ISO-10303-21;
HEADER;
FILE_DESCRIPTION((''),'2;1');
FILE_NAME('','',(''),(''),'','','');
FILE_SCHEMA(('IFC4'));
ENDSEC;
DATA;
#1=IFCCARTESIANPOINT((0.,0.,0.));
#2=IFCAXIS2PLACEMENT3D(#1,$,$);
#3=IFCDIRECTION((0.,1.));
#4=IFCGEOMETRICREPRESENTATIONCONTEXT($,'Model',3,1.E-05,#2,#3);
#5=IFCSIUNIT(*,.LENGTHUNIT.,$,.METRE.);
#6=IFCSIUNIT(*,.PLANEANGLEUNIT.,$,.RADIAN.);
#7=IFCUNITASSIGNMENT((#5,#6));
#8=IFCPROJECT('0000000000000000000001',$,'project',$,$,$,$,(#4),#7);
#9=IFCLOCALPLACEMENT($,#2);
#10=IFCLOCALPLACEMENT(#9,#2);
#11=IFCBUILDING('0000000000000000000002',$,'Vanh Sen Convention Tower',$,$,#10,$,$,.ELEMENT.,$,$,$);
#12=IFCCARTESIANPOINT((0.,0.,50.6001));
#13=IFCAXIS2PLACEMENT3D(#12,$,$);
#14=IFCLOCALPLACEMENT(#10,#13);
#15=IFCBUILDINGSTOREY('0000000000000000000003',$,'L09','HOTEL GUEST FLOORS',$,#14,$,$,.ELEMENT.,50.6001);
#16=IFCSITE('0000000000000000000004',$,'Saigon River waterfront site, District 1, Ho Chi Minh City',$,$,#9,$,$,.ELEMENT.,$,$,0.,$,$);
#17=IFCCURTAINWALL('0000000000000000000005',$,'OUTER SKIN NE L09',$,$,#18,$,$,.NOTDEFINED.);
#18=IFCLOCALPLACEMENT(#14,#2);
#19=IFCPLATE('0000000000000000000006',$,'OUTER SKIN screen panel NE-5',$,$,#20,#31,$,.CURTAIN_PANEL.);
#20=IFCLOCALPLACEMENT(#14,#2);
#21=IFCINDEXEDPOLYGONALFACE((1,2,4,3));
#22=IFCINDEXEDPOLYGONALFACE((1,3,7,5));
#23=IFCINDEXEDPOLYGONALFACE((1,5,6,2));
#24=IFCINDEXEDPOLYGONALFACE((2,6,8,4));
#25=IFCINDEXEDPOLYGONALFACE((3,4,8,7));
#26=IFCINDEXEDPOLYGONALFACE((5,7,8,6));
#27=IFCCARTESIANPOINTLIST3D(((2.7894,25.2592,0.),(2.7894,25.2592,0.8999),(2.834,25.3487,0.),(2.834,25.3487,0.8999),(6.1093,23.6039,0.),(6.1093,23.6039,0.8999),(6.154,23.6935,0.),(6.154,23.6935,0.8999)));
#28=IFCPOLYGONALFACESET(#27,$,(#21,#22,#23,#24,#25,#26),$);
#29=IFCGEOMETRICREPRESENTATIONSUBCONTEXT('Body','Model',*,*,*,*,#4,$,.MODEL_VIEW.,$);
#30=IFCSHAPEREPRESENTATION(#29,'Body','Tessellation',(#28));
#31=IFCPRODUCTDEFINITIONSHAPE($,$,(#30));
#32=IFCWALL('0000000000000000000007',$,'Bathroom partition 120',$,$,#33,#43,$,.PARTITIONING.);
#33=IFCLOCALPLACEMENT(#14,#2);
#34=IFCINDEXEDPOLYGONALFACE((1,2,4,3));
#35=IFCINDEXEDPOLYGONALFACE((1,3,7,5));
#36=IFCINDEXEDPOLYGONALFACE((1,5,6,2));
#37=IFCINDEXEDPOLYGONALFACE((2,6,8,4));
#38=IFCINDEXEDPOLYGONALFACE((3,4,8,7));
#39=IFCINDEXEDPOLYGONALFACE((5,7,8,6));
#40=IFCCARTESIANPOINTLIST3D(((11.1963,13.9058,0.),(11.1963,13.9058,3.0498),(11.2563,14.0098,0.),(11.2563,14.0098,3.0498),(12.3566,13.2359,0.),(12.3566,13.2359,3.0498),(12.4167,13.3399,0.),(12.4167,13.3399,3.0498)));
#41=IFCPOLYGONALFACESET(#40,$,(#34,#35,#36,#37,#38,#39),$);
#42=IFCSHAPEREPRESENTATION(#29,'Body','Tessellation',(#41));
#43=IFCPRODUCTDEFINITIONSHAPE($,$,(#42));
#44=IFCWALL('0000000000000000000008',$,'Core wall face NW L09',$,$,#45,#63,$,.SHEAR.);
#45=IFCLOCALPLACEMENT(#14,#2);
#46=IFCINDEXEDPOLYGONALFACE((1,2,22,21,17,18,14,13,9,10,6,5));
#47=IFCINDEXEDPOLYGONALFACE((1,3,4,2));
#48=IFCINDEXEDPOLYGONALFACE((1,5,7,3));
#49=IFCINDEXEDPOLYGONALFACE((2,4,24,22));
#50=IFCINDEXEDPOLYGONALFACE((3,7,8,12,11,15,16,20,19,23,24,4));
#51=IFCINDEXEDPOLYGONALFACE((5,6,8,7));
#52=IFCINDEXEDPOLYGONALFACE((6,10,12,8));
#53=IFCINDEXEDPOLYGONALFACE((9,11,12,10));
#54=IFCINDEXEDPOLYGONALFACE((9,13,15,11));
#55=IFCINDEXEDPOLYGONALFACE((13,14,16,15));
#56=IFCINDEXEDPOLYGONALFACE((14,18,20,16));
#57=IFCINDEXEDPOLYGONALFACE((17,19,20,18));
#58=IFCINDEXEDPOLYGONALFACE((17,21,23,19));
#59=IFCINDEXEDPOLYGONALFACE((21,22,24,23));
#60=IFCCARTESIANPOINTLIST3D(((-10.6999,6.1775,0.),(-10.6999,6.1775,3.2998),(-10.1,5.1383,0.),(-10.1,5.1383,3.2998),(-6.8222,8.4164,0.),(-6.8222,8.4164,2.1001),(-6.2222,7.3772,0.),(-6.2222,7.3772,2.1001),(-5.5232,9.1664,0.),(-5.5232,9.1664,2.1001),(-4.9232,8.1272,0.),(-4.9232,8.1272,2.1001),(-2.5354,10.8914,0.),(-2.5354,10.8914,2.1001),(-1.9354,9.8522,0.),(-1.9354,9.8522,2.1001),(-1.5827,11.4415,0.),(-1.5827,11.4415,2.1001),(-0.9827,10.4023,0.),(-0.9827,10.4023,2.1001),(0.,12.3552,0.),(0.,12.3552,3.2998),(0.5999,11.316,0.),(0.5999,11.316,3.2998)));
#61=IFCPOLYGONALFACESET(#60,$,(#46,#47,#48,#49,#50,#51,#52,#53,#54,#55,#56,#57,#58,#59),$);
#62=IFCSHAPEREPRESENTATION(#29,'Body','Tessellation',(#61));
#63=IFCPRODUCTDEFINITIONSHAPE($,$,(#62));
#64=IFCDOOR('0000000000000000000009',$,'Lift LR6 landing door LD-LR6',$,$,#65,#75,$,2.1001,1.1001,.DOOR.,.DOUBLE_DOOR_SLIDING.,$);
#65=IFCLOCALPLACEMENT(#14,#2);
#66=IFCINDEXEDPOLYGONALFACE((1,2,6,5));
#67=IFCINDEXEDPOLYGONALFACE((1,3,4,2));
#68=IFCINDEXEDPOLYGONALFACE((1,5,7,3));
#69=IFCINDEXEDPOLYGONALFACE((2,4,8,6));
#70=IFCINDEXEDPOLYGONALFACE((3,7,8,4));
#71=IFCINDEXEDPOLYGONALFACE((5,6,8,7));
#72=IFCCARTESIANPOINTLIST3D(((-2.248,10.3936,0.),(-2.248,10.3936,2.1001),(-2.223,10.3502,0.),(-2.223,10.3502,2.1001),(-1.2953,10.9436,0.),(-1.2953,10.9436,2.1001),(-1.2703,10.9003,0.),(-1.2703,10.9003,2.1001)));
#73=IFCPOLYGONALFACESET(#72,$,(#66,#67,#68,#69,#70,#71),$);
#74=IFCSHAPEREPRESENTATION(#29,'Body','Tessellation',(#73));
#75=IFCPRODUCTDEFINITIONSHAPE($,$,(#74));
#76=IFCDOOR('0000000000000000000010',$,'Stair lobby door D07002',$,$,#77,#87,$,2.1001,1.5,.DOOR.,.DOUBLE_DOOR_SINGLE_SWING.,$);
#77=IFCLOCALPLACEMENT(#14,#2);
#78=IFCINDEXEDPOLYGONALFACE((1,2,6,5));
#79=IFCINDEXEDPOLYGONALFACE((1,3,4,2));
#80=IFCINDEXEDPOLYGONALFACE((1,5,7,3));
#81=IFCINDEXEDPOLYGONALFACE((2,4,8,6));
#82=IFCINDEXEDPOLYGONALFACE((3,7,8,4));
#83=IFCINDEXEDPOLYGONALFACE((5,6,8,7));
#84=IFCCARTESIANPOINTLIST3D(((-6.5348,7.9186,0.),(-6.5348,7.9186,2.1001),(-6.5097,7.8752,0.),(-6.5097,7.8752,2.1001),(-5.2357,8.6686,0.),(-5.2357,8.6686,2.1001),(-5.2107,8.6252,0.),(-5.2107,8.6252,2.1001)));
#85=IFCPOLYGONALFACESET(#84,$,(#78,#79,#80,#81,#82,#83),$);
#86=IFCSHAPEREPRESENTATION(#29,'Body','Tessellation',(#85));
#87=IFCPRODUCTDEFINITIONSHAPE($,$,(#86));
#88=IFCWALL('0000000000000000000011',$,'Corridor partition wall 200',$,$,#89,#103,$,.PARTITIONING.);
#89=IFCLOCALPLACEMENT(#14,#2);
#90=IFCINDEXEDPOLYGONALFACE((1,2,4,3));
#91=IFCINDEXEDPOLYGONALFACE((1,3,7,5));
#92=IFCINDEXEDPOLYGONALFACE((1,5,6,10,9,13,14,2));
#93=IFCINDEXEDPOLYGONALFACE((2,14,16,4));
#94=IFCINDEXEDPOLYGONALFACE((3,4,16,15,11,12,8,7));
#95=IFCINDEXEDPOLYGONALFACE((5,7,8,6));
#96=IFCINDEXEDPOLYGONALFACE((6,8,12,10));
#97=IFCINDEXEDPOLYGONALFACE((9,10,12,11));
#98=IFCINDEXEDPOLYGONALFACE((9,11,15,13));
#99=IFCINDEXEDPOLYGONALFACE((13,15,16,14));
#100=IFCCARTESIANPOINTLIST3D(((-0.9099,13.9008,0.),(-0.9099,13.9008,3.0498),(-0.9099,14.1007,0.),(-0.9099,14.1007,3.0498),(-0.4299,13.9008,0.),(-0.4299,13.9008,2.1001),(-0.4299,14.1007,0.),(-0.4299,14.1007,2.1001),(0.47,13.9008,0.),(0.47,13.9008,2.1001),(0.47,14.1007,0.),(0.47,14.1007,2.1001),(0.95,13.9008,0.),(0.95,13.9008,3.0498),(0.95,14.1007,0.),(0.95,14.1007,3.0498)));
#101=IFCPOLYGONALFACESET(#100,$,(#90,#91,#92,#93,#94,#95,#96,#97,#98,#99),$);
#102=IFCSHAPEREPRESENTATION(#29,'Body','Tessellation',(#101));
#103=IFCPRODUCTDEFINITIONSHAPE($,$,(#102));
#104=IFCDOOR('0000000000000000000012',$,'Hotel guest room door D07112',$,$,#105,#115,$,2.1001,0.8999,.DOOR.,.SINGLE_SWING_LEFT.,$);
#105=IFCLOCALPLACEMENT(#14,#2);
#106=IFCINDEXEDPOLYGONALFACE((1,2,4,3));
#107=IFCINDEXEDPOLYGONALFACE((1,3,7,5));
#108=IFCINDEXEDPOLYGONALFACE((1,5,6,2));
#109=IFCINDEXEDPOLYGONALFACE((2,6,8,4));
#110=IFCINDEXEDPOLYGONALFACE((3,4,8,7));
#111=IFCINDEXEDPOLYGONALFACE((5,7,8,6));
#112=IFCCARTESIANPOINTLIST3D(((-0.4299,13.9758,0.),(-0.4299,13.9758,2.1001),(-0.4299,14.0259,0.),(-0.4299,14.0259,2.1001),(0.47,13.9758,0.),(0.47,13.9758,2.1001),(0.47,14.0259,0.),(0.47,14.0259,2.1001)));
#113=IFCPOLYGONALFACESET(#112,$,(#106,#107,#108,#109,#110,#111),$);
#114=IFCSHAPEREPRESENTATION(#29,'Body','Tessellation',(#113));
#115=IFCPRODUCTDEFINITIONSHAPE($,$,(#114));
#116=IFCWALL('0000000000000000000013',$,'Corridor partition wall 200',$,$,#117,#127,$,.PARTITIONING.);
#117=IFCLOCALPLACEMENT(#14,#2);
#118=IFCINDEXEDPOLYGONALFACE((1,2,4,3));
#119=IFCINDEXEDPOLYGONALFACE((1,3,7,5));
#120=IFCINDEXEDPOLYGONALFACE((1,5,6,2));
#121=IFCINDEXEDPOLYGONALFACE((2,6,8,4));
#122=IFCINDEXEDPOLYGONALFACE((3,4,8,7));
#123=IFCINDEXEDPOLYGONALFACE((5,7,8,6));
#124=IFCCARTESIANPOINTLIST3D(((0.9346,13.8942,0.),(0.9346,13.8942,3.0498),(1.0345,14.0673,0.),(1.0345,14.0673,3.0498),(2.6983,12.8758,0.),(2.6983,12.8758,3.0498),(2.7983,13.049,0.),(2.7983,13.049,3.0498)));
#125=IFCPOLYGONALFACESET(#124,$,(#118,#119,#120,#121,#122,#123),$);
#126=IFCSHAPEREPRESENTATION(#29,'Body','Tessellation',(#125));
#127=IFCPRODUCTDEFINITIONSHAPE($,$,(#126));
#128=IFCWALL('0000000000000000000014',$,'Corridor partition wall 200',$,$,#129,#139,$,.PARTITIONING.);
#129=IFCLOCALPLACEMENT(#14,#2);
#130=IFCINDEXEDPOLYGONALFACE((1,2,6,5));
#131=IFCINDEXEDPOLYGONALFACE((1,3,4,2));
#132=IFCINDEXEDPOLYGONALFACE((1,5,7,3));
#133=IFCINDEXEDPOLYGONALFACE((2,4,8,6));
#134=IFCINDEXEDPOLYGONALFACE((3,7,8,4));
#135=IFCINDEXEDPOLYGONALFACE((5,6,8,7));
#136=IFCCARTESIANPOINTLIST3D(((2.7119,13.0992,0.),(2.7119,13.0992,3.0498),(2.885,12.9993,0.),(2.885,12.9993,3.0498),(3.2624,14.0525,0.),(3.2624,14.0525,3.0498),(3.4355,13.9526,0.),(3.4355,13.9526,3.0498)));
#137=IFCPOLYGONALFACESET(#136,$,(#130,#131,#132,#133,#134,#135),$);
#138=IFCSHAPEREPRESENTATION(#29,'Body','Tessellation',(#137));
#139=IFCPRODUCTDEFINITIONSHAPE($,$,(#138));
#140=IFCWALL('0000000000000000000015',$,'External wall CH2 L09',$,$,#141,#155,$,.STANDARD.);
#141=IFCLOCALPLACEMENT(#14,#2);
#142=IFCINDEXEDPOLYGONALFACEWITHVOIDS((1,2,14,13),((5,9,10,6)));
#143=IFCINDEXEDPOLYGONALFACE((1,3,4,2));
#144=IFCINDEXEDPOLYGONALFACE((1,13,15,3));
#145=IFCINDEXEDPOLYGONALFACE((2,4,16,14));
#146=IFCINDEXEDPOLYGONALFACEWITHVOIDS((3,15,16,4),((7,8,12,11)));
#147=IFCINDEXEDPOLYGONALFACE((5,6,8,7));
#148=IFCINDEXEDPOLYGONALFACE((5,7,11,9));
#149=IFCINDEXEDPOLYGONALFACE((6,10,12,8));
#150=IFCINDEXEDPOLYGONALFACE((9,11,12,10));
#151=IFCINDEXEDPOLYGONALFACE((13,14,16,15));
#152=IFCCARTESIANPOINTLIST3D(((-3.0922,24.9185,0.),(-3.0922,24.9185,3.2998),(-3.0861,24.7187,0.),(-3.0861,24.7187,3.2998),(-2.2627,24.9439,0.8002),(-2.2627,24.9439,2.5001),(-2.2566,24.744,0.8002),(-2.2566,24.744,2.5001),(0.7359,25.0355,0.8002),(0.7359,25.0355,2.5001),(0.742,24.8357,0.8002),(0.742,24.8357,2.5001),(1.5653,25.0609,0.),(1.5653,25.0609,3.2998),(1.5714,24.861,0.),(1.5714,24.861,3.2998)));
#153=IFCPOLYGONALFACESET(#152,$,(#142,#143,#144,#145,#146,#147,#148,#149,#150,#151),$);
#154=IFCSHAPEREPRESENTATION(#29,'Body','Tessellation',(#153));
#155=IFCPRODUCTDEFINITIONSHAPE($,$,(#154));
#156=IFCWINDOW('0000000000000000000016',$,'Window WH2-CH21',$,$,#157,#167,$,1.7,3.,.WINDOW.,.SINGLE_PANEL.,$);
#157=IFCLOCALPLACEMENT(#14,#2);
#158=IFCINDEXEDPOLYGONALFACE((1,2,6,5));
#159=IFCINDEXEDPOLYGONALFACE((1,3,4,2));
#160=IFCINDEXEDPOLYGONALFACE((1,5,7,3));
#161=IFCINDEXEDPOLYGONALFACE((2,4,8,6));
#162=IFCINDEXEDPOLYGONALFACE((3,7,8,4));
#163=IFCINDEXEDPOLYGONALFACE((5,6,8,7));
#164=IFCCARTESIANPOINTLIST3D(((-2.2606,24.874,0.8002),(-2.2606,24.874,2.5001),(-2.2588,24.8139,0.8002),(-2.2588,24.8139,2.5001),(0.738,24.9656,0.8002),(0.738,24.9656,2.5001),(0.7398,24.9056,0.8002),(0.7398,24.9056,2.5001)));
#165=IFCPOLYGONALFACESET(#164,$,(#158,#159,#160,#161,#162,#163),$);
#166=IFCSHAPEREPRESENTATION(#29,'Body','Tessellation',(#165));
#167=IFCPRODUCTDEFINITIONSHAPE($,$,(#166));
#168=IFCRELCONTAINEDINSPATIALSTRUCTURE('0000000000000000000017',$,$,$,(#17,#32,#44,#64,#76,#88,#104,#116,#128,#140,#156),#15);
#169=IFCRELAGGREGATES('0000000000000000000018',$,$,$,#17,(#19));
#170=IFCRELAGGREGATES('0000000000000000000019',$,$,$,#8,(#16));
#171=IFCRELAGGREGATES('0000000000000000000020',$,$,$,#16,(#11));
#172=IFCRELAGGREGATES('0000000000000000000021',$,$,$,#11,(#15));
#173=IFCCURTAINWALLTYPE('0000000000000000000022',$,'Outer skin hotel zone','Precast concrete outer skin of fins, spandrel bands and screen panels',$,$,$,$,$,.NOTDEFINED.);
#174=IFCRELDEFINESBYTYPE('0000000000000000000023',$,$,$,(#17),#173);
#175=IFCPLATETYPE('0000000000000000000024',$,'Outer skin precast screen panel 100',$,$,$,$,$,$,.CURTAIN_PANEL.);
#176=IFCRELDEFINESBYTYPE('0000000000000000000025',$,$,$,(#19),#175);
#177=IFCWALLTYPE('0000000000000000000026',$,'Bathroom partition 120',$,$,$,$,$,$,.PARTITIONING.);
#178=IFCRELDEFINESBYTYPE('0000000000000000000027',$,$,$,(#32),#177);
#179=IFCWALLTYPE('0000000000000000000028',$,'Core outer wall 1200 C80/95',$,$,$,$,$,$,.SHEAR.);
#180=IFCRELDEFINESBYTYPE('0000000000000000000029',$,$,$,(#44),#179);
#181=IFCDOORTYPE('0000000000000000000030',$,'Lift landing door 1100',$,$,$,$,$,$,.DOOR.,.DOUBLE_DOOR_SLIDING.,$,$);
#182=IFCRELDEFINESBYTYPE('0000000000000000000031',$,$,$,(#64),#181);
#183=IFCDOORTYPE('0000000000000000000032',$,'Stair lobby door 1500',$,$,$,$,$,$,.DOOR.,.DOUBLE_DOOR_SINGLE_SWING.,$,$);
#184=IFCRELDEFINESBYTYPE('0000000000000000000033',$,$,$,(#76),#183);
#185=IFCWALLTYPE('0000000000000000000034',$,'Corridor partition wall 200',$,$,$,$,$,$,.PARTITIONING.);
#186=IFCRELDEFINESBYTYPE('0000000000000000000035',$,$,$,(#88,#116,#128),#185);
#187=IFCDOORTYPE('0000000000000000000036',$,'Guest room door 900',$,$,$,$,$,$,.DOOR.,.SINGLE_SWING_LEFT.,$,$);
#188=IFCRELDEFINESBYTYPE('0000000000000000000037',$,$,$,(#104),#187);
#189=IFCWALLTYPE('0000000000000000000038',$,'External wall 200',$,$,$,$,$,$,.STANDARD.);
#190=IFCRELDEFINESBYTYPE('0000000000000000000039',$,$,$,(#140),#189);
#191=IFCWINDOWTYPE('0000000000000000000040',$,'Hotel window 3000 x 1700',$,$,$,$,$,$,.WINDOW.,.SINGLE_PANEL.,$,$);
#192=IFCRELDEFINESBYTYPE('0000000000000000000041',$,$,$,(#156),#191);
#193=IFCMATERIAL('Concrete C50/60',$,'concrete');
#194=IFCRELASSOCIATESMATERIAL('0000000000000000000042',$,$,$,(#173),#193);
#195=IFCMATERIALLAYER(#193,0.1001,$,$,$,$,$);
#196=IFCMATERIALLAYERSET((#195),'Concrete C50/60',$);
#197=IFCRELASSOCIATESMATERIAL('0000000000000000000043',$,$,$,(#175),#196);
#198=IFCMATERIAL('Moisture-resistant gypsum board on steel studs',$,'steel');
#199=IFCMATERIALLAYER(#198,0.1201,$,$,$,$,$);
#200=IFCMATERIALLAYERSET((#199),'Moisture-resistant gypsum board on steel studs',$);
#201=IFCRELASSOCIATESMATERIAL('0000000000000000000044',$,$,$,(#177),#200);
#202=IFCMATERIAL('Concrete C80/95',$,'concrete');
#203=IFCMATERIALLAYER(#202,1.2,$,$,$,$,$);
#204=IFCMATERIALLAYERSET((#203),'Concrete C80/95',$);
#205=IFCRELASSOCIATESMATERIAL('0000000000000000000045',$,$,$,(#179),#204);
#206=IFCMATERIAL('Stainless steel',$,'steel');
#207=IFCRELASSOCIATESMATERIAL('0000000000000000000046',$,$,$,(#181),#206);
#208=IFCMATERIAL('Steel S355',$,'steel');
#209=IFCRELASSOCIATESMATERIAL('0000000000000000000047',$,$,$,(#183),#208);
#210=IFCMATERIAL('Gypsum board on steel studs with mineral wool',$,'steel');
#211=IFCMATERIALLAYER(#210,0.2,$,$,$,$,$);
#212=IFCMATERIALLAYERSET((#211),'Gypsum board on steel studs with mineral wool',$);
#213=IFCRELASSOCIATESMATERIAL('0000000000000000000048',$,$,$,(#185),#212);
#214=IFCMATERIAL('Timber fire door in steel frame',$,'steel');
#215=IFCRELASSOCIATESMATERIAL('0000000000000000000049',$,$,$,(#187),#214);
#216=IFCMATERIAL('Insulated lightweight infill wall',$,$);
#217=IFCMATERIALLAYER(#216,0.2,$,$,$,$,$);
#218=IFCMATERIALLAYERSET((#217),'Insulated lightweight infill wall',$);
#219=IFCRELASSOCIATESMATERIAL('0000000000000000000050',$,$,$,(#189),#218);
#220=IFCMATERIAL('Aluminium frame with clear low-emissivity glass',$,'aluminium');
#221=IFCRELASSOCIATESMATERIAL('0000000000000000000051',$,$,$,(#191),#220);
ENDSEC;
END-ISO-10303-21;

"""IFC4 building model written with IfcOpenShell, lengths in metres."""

from ifc_helpers import new_model, si_unit, direction, frame, frame_2d, origin, origin_2d, place, context, subcontext, project, spatial, rectangle, extrude, material, layer, layer_set, type_object, element, fill, aggregate, save


model = new_model("IFC4")

# Units and contexts
model_context = context("Model", 3, precision=1e-05, world=origin(), true_north=direction((0.0, 1.0)))
body_context = subcontext(model_context, "Body", "Model", "MODEL_VIEW")
ifc_project = project(units=[si_unit("LENGTHUNIT", "METRE"), si_unit("PLANEANGLEUNIT", "RADIAN")], contexts=[model_context])

# Site, building, storey
site_placement = place(None, origin())
site = spatial("IfcSite", under=ifc_project, at=site_placement, Name="Saigon River waterfront site, District 1, Ho Chi Minh City", CompositionType="ELEMENT", RefElevation=0.0)
building_placement = place(site_placement, origin())
building = spatial("IfcBuilding", under=site, at=building_placement, Name="Vanh Sen Convention Tower", CompositionType="ELEMENT")
storey_placement = place(building_placement, frame((0.0, 0.0, 50.6001)))
storey = spatial("IfcBuildingStorey", under=building, at=storey_placement, Name="L09", Description="HOTEL GUEST FLOORS", CompositionType="ELEMENT", Elevation=50.6001)

# Shared definitions
ifc_material_1 = material(Name="Concrete C80/95", Category="concrete")

# Curtain wall
ifc_material_2 = material(Name="Concrete C50/60", Category="concrete")
curtain_wall_type = type_object("IfcCurtainWallType", Name="Outer skin hotel zone", Description="Precast concrete outer skin of fins, spandrel bands and screen panels", PredefinedType="NOTDEFINED", material=ifc_material_2)
curtain_wall_1_placement = place(storey_placement, origin())
curtain_wall_1 = element("IfcCurtainWall", 1, at=curtain_wall_1_placement, inside=storey, type_object=curtain_wall_type, Name="OUTER SKIN NE L09", PredefinedType="NOTDEFINED")

# Plate
ifc_layer_1 = layer(ifc_material_2, 0.1001)
ifc_layer_set_1 = layer_set([ifc_layer_1], Name="Concrete C50/60")
plate_type = type_object("IfcPlateType", Name="Outer skin precast screen panel 100", PredefinedType="CURTAIN_PANEL", material=ifc_layer_set_1)
plate_1_placement = place(storey_placement, frame((4.4717, 24.4763, 0.0), z_axis=(0.0, 0.0, 1.0), x_axis=(-0.894935, 0.446196, 0.0)))
plate_1 = element("IfcPlate", 2, at=plate_1_placement, type_object=plate_type, Name="OUTER SKIN screen panel NE-5", PredefinedType="CURTAIN_PANEL", context=body_context, shape_type="SweptSolid", body=[
    extrude(rectangle(XDim=3.7097, YDim=0.1001, at=origin_2d()), origin(), (0.0, 0.0, 1.0), 0.8999),
])
aggregate(curtain_wall_1, [plate_1])

# Wall
ifc_material_3 = material(Name="Moisture-resistant gypsum board on steel studs", Category="steel")
ifc_layer_2 = layer(ifc_material_3, 0.1201)
ifc_layer_set_2 = layer_set([ifc_layer_2], Name="Moisture-resistant gypsum board on steel studs")
wall_type_1 = type_object("IfcWallType", Name="Bathroom partition 120", PredefinedType="PARTITIONING", material=ifc_layer_set_2)
wall_1_placement = place(storey_placement, frame((11.2263, 13.9578, 0.0), z_axis=(0.0, 0.0, 1.0), x_axis=(0.866037, -0.49998, 0.0)))
element("IfcWall", 3, at=wall_1_placement, inside=storey, type_object=wall_type_1, Name="Bathroom partition 120", PredefinedType="PARTITIONING", context=body_context, shape_type="SweptSolid", body=[
    extrude(rectangle(XDim=1.3398, YDim=0.1201, at=frame_2d((0.6699, 0.0))), origin(), (0.0, 0.0, 1.0), 3.0498),
])

# Wall, openings, doors
ifc_layer_3 = layer(ifc_material_1, 1.2)
ifc_layer_set_3 = layer_set([ifc_layer_3], Name="Concrete C80/95")
wall_type_2 = type_object("IfcWallType", Name="Core outer wall 1200 C80/95", PredefinedType="SHEAR", material=ifc_layer_set_3)
wall_2_placement = place(storey_placement, frame((0.3, 11.8357, 0.0), z_axis=(0.0, 0.0, 1.0), x_axis=(-0.866021, -0.500007, 0.0)))
wall_2 = element("IfcWall", 4, at=wall_2_placement, inside=storey, type_object=wall_type_2, Name="Core wall face NW L09", PredefinedType="SHEAR", context=body_context, shape_type="SweptSolid", body=[
    extrude(rectangle(XDim=12.3552, YDim=1.2, at=frame_2d((6.1777, 0.0))), origin(), (0.0, 0.0, 1.0), 3.2998),
])
opening_1_placement = place(wall_2_placement, frame((6.3777, 0.0, 0.0)))
opening_1 = element("IfcOpeningElement", 5, at=opening_1_placement, cuts=wall_2, PredefinedType="OPENING", context=body_context, shape_type="SweptSolid", body=[
    extrude(rectangle(XDim=1.5, YDim=2.1001, at=frame_2d((0.75, 1.05))), frame((0.0, 0.6099, 0.0), z_axis=(0.0, -1.0, 0.0), x_axis=(1.0, 0.0, 0.0)), (0.0, 0.0, 1.0), 1.22),
])
opening_2_placement = place(wall_2_placement, frame((1.8276, 0.0, 0.0)))
opening_2 = element("IfcOpeningElement", 6, at=opening_2_placement, cuts=wall_2, PredefinedType="OPENING", context=body_context, shape_type="SweptSolid", body=[
    extrude(rectangle(XDim=1.1001, YDim=2.1001, at=frame_2d((0.55, 1.05))), frame((0.0, 0.6099, 0.0), z_axis=(0.0, -1.0, 0.0), x_axis=(1.0, 0.0, 0.0)), (0.0, 0.0, 1.0), 1.22),
])
ifc_material_4 = material(Name="Stainless steel", Category="steel")
door_type_1 = type_object("IfcDoorType", Name="Lift landing door 1100", OperationType="DOUBLE_DOOR_SLIDING", PredefinedType="DOOR", material=ifc_material_4)
door_1_placement = place(opening_2_placement, origin())
door_1 = element("IfcDoor", 7, at=door_1_placement, inside=storey, type_object=door_type_1, Name="Lift LR6 landing door LD-LR6", OperationType="DOUBLE_DOOR_SLIDING", OverallHeight=2.1001, OverallWidth=1.1001, PredefinedType="DOOR", context=body_context, shape_type="SweptSolid", body=[
    extrude(rectangle(XDim=1.1001, YDim=2.1001, at=frame_2d((0.55, 1.05))), frame((0.0, 0.0249, 0.0), z_axis=(0.0, -1.0, 0.0), x_axis=(1.0, 0.0, 0.0)), (0.0, 0.0, 1.0), 0.05),
])
fill(opening_2, door_1)
ifc_material_5 = material(Name="Steel S355", Category="steel")
door_type_2 = type_object("IfcDoorType", Name="Stair lobby door 1500", OperationType="DOUBLE_DOOR_SINGLE_SWING", PredefinedType="DOOR", material=ifc_material_5)
door_2_placement = place(opening_1_placement, origin())
door_2 = element("IfcDoor", 8, at=door_2_placement, inside=storey, type_object=door_type_2, Name="Stair lobby door D07002", OperationType="DOUBLE_DOOR_SINGLE_SWING", OverallHeight=2.1001, OverallWidth=1.5, PredefinedType="DOOR", context=body_context, shape_type="SweptSolid", body=[
    extrude(rectangle(XDim=1.5, YDim=2.1001, at=frame_2d((0.75, 1.05))), frame((0.0, 0.0249, 0.0), z_axis=(0.0, -1.0, 0.0), x_axis=(1.0, 0.0, 0.0)), (0.0, 0.0, 1.0), 0.05),
])
fill(opening_1, door_2)

# Wall, opening, door
ifc_material_6 = material(Name="Gypsum board on steel studs with mineral wool", Category="steel")
ifc_layer_4 = layer(ifc_material_6, 0.2)
ifc_layer_set_4 = layer_set([ifc_layer_4], Name="Gypsum board on steel studs with mineral wool")
wall_type_3 = type_object("IfcWallType", Name="Corridor partition wall 200", PredefinedType="PARTITIONING", material=ifc_layer_set_4)
wall_3_placement = place(storey_placement, frame((0.95, 14.0007, 0.0), z_axis=(0.0, 0.0, 1.0), x_axis=(-1.0, 0.0, 0.0)))
wall_3 = element("IfcWall", 9, at=wall_3_placement, inside=storey, type_object=wall_type_3, Name="Corridor partition wall 200", PredefinedType="PARTITIONING", context=body_context, shape_type="SweptSolid", body=[
    extrude(rectangle(XDim=1.8599, YDim=0.2, at=frame_2d((0.9299, 0.0))), origin(), (0.0, 0.0, 1.0), 3.0498),
])
opening_3_placement = place(wall_3_placement, frame((0.48, 0.0, 0.0)))
opening_3 = element("IfcOpeningElement", 10, at=opening_3_placement, cuts=wall_3, PredefinedType="OPENING", context=body_context, shape_type="SweptSolid", body=[
    extrude(rectangle(XDim=0.8999, YDim=2.1001, at=frame_2d((0.45, 1.05))), frame((0.0, 0.1099, 0.0), z_axis=(0.0, -1.0, 0.0), x_axis=(1.0, 0.0, 0.0)), (0.0, 0.0, 1.0), 0.22),
])
ifc_material_7 = material(Name="Timber fire door in steel frame", Category="steel")
door_type_3 = type_object("IfcDoorType", Name="Guest room door 900", OperationType="SINGLE_SWING_LEFT", PredefinedType="DOOR", material=ifc_material_7)
door_3_placement = place(opening_3_placement, origin())
door_3 = element("IfcDoor", 11, at=door_3_placement, inside=storey, type_object=door_type_3, Name="Hotel guest room door D07112", OperationType="SINGLE_SWING_LEFT", OverallHeight=2.1001, OverallWidth=0.8999, PredefinedType="DOOR", context=body_context, shape_type="SweptSolid", body=[
    extrude(rectangle(XDim=0.8999, YDim=2.1001, at=frame_2d((0.45, 1.05))), frame((0.0, 0.0249, 0.0), z_axis=(0.0, -1.0, 0.0), x_axis=(1.0, 0.0, 0.0)), (0.0, 0.0, 1.0), 0.05),
])
fill(opening_3, door_3)

# Walls
wall_4_placement = place(storey_placement, frame((2.7483, 12.9624, 0.0), z_axis=(0.0, 0.0, 1.0), x_axis=(-0.866014, 0.50002, 0.0)))
element("IfcWall", 12, at=wall_4_placement, inside=storey, type_object=wall_type_3, Name="Corridor partition wall 200", PredefinedType="PARTITIONING", context=body_context, shape_type="SweptSolid", body=[
    extrude(rectangle(XDim=2.0366, YDim=0.2, at=frame_2d((1.0183, 0.0))), origin(), (0.0, 0.0, 1.0), 3.0498),
])
wall_5_placement = place(storey_placement, frame((3.3489, 14.0024, 0.0), z_axis=(0.0, 0.0, 1.0), x_axis=(-0.500074, -0.865982, 0.0)))
element("IfcWall", 13, at=wall_5_placement, inside=storey, type_object=wall_type_3, Name="Corridor partition wall 200", PredefinedType="PARTITIONING", context=body_context, shape_type="SweptSolid", body=[
    extrude(rectangle(XDim=1.1008, YDim=0.2, at=frame_2d((0.5503, 0.0))), origin(), (0.0, 0.0, 1.0), 3.0498),
])

# Wall, opening, window
ifc_material_8 = material(Name="Insulated lightweight infill wall")
ifc_layer_5 = layer(ifc_material_8, 0.2)
ifc_layer_set_5 = layer_set([ifc_layer_5], Name="Insulated lightweight infill wall")
wall_type_4 = type_object("IfcWallType", Name="External wall 200", PredefinedType="STANDARD", material=ifc_layer_set_5)
wall_6_placement = place(storey_placement, frame((1.5684, 24.9609, 0.0), z_axis=(0.0, 0.0, 1.0), x_axis=(-0.999533, -0.030546, 0.0)))
wall_6 = element("IfcWall", 14, at=wall_6_placement, inside=storey, type_object=wall_type_4, Name="External wall CH2 L09", PredefinedType="STANDARD", context=body_context, shape_type="SweptSolid", body=[
    extrude(rectangle(XDim=4.6597, YDim=0.2, at=frame_2d((2.3298, 0.0))), origin(), (0.0, 0.0, 1.0), 3.2998),
])
opening_4_placement = place(wall_6_placement, frame((0.8298, 0.0, 0.8)))
opening_4 = element("IfcOpeningElement", 15, at=opening_4_placement, cuts=wall_6, PredefinedType="OPENING", context=body_context, shape_type="SweptSolid", body=[
    extrude(rectangle(XDim=3.0, YDim=1.7, at=frame_2d((1.5, 0.8501))), frame((0.0, 0.1099, 0.0), z_axis=(0.0, -1.0, 0.0), x_axis=(1.0, 0.0, 0.0)), (0.0, 0.0, 1.0), 0.22),
])
ifc_material_9 = material(Name="Aluminium frame with clear low-emissivity glass", Category="aluminium")
window_type = type_object("IfcWindowType", Name="Hotel window 3000 x 1700", PartitioningType="SINGLE_PANEL", PredefinedType="WINDOW", material=ifc_material_9)
window_placement = place(opening_4_placement, origin())
window = element("IfcWindow", 16, at=window_placement, inside=storey, type_object=window_type, Name="Window WH2-CH21", OverallHeight=1.7, OverallWidth=3.0, PartitioningType="SINGLE_PANEL", PredefinedType="WINDOW", context=body_context, shape_type="SweptSolid", body=[
    extrude(rectangle(XDim=3.0, YDim=1.7, at=frame_2d((1.5, 0.8501))), frame((0.0, 0.03, 0.0), z_axis=(0.0, -1.0, 0.0), x_axis=(1.0, 0.0, 0.0)), (0.0, 0.0, 1.0), 0.0601),
])
fill(opening_4, window)

save(model, "model.ifc")
